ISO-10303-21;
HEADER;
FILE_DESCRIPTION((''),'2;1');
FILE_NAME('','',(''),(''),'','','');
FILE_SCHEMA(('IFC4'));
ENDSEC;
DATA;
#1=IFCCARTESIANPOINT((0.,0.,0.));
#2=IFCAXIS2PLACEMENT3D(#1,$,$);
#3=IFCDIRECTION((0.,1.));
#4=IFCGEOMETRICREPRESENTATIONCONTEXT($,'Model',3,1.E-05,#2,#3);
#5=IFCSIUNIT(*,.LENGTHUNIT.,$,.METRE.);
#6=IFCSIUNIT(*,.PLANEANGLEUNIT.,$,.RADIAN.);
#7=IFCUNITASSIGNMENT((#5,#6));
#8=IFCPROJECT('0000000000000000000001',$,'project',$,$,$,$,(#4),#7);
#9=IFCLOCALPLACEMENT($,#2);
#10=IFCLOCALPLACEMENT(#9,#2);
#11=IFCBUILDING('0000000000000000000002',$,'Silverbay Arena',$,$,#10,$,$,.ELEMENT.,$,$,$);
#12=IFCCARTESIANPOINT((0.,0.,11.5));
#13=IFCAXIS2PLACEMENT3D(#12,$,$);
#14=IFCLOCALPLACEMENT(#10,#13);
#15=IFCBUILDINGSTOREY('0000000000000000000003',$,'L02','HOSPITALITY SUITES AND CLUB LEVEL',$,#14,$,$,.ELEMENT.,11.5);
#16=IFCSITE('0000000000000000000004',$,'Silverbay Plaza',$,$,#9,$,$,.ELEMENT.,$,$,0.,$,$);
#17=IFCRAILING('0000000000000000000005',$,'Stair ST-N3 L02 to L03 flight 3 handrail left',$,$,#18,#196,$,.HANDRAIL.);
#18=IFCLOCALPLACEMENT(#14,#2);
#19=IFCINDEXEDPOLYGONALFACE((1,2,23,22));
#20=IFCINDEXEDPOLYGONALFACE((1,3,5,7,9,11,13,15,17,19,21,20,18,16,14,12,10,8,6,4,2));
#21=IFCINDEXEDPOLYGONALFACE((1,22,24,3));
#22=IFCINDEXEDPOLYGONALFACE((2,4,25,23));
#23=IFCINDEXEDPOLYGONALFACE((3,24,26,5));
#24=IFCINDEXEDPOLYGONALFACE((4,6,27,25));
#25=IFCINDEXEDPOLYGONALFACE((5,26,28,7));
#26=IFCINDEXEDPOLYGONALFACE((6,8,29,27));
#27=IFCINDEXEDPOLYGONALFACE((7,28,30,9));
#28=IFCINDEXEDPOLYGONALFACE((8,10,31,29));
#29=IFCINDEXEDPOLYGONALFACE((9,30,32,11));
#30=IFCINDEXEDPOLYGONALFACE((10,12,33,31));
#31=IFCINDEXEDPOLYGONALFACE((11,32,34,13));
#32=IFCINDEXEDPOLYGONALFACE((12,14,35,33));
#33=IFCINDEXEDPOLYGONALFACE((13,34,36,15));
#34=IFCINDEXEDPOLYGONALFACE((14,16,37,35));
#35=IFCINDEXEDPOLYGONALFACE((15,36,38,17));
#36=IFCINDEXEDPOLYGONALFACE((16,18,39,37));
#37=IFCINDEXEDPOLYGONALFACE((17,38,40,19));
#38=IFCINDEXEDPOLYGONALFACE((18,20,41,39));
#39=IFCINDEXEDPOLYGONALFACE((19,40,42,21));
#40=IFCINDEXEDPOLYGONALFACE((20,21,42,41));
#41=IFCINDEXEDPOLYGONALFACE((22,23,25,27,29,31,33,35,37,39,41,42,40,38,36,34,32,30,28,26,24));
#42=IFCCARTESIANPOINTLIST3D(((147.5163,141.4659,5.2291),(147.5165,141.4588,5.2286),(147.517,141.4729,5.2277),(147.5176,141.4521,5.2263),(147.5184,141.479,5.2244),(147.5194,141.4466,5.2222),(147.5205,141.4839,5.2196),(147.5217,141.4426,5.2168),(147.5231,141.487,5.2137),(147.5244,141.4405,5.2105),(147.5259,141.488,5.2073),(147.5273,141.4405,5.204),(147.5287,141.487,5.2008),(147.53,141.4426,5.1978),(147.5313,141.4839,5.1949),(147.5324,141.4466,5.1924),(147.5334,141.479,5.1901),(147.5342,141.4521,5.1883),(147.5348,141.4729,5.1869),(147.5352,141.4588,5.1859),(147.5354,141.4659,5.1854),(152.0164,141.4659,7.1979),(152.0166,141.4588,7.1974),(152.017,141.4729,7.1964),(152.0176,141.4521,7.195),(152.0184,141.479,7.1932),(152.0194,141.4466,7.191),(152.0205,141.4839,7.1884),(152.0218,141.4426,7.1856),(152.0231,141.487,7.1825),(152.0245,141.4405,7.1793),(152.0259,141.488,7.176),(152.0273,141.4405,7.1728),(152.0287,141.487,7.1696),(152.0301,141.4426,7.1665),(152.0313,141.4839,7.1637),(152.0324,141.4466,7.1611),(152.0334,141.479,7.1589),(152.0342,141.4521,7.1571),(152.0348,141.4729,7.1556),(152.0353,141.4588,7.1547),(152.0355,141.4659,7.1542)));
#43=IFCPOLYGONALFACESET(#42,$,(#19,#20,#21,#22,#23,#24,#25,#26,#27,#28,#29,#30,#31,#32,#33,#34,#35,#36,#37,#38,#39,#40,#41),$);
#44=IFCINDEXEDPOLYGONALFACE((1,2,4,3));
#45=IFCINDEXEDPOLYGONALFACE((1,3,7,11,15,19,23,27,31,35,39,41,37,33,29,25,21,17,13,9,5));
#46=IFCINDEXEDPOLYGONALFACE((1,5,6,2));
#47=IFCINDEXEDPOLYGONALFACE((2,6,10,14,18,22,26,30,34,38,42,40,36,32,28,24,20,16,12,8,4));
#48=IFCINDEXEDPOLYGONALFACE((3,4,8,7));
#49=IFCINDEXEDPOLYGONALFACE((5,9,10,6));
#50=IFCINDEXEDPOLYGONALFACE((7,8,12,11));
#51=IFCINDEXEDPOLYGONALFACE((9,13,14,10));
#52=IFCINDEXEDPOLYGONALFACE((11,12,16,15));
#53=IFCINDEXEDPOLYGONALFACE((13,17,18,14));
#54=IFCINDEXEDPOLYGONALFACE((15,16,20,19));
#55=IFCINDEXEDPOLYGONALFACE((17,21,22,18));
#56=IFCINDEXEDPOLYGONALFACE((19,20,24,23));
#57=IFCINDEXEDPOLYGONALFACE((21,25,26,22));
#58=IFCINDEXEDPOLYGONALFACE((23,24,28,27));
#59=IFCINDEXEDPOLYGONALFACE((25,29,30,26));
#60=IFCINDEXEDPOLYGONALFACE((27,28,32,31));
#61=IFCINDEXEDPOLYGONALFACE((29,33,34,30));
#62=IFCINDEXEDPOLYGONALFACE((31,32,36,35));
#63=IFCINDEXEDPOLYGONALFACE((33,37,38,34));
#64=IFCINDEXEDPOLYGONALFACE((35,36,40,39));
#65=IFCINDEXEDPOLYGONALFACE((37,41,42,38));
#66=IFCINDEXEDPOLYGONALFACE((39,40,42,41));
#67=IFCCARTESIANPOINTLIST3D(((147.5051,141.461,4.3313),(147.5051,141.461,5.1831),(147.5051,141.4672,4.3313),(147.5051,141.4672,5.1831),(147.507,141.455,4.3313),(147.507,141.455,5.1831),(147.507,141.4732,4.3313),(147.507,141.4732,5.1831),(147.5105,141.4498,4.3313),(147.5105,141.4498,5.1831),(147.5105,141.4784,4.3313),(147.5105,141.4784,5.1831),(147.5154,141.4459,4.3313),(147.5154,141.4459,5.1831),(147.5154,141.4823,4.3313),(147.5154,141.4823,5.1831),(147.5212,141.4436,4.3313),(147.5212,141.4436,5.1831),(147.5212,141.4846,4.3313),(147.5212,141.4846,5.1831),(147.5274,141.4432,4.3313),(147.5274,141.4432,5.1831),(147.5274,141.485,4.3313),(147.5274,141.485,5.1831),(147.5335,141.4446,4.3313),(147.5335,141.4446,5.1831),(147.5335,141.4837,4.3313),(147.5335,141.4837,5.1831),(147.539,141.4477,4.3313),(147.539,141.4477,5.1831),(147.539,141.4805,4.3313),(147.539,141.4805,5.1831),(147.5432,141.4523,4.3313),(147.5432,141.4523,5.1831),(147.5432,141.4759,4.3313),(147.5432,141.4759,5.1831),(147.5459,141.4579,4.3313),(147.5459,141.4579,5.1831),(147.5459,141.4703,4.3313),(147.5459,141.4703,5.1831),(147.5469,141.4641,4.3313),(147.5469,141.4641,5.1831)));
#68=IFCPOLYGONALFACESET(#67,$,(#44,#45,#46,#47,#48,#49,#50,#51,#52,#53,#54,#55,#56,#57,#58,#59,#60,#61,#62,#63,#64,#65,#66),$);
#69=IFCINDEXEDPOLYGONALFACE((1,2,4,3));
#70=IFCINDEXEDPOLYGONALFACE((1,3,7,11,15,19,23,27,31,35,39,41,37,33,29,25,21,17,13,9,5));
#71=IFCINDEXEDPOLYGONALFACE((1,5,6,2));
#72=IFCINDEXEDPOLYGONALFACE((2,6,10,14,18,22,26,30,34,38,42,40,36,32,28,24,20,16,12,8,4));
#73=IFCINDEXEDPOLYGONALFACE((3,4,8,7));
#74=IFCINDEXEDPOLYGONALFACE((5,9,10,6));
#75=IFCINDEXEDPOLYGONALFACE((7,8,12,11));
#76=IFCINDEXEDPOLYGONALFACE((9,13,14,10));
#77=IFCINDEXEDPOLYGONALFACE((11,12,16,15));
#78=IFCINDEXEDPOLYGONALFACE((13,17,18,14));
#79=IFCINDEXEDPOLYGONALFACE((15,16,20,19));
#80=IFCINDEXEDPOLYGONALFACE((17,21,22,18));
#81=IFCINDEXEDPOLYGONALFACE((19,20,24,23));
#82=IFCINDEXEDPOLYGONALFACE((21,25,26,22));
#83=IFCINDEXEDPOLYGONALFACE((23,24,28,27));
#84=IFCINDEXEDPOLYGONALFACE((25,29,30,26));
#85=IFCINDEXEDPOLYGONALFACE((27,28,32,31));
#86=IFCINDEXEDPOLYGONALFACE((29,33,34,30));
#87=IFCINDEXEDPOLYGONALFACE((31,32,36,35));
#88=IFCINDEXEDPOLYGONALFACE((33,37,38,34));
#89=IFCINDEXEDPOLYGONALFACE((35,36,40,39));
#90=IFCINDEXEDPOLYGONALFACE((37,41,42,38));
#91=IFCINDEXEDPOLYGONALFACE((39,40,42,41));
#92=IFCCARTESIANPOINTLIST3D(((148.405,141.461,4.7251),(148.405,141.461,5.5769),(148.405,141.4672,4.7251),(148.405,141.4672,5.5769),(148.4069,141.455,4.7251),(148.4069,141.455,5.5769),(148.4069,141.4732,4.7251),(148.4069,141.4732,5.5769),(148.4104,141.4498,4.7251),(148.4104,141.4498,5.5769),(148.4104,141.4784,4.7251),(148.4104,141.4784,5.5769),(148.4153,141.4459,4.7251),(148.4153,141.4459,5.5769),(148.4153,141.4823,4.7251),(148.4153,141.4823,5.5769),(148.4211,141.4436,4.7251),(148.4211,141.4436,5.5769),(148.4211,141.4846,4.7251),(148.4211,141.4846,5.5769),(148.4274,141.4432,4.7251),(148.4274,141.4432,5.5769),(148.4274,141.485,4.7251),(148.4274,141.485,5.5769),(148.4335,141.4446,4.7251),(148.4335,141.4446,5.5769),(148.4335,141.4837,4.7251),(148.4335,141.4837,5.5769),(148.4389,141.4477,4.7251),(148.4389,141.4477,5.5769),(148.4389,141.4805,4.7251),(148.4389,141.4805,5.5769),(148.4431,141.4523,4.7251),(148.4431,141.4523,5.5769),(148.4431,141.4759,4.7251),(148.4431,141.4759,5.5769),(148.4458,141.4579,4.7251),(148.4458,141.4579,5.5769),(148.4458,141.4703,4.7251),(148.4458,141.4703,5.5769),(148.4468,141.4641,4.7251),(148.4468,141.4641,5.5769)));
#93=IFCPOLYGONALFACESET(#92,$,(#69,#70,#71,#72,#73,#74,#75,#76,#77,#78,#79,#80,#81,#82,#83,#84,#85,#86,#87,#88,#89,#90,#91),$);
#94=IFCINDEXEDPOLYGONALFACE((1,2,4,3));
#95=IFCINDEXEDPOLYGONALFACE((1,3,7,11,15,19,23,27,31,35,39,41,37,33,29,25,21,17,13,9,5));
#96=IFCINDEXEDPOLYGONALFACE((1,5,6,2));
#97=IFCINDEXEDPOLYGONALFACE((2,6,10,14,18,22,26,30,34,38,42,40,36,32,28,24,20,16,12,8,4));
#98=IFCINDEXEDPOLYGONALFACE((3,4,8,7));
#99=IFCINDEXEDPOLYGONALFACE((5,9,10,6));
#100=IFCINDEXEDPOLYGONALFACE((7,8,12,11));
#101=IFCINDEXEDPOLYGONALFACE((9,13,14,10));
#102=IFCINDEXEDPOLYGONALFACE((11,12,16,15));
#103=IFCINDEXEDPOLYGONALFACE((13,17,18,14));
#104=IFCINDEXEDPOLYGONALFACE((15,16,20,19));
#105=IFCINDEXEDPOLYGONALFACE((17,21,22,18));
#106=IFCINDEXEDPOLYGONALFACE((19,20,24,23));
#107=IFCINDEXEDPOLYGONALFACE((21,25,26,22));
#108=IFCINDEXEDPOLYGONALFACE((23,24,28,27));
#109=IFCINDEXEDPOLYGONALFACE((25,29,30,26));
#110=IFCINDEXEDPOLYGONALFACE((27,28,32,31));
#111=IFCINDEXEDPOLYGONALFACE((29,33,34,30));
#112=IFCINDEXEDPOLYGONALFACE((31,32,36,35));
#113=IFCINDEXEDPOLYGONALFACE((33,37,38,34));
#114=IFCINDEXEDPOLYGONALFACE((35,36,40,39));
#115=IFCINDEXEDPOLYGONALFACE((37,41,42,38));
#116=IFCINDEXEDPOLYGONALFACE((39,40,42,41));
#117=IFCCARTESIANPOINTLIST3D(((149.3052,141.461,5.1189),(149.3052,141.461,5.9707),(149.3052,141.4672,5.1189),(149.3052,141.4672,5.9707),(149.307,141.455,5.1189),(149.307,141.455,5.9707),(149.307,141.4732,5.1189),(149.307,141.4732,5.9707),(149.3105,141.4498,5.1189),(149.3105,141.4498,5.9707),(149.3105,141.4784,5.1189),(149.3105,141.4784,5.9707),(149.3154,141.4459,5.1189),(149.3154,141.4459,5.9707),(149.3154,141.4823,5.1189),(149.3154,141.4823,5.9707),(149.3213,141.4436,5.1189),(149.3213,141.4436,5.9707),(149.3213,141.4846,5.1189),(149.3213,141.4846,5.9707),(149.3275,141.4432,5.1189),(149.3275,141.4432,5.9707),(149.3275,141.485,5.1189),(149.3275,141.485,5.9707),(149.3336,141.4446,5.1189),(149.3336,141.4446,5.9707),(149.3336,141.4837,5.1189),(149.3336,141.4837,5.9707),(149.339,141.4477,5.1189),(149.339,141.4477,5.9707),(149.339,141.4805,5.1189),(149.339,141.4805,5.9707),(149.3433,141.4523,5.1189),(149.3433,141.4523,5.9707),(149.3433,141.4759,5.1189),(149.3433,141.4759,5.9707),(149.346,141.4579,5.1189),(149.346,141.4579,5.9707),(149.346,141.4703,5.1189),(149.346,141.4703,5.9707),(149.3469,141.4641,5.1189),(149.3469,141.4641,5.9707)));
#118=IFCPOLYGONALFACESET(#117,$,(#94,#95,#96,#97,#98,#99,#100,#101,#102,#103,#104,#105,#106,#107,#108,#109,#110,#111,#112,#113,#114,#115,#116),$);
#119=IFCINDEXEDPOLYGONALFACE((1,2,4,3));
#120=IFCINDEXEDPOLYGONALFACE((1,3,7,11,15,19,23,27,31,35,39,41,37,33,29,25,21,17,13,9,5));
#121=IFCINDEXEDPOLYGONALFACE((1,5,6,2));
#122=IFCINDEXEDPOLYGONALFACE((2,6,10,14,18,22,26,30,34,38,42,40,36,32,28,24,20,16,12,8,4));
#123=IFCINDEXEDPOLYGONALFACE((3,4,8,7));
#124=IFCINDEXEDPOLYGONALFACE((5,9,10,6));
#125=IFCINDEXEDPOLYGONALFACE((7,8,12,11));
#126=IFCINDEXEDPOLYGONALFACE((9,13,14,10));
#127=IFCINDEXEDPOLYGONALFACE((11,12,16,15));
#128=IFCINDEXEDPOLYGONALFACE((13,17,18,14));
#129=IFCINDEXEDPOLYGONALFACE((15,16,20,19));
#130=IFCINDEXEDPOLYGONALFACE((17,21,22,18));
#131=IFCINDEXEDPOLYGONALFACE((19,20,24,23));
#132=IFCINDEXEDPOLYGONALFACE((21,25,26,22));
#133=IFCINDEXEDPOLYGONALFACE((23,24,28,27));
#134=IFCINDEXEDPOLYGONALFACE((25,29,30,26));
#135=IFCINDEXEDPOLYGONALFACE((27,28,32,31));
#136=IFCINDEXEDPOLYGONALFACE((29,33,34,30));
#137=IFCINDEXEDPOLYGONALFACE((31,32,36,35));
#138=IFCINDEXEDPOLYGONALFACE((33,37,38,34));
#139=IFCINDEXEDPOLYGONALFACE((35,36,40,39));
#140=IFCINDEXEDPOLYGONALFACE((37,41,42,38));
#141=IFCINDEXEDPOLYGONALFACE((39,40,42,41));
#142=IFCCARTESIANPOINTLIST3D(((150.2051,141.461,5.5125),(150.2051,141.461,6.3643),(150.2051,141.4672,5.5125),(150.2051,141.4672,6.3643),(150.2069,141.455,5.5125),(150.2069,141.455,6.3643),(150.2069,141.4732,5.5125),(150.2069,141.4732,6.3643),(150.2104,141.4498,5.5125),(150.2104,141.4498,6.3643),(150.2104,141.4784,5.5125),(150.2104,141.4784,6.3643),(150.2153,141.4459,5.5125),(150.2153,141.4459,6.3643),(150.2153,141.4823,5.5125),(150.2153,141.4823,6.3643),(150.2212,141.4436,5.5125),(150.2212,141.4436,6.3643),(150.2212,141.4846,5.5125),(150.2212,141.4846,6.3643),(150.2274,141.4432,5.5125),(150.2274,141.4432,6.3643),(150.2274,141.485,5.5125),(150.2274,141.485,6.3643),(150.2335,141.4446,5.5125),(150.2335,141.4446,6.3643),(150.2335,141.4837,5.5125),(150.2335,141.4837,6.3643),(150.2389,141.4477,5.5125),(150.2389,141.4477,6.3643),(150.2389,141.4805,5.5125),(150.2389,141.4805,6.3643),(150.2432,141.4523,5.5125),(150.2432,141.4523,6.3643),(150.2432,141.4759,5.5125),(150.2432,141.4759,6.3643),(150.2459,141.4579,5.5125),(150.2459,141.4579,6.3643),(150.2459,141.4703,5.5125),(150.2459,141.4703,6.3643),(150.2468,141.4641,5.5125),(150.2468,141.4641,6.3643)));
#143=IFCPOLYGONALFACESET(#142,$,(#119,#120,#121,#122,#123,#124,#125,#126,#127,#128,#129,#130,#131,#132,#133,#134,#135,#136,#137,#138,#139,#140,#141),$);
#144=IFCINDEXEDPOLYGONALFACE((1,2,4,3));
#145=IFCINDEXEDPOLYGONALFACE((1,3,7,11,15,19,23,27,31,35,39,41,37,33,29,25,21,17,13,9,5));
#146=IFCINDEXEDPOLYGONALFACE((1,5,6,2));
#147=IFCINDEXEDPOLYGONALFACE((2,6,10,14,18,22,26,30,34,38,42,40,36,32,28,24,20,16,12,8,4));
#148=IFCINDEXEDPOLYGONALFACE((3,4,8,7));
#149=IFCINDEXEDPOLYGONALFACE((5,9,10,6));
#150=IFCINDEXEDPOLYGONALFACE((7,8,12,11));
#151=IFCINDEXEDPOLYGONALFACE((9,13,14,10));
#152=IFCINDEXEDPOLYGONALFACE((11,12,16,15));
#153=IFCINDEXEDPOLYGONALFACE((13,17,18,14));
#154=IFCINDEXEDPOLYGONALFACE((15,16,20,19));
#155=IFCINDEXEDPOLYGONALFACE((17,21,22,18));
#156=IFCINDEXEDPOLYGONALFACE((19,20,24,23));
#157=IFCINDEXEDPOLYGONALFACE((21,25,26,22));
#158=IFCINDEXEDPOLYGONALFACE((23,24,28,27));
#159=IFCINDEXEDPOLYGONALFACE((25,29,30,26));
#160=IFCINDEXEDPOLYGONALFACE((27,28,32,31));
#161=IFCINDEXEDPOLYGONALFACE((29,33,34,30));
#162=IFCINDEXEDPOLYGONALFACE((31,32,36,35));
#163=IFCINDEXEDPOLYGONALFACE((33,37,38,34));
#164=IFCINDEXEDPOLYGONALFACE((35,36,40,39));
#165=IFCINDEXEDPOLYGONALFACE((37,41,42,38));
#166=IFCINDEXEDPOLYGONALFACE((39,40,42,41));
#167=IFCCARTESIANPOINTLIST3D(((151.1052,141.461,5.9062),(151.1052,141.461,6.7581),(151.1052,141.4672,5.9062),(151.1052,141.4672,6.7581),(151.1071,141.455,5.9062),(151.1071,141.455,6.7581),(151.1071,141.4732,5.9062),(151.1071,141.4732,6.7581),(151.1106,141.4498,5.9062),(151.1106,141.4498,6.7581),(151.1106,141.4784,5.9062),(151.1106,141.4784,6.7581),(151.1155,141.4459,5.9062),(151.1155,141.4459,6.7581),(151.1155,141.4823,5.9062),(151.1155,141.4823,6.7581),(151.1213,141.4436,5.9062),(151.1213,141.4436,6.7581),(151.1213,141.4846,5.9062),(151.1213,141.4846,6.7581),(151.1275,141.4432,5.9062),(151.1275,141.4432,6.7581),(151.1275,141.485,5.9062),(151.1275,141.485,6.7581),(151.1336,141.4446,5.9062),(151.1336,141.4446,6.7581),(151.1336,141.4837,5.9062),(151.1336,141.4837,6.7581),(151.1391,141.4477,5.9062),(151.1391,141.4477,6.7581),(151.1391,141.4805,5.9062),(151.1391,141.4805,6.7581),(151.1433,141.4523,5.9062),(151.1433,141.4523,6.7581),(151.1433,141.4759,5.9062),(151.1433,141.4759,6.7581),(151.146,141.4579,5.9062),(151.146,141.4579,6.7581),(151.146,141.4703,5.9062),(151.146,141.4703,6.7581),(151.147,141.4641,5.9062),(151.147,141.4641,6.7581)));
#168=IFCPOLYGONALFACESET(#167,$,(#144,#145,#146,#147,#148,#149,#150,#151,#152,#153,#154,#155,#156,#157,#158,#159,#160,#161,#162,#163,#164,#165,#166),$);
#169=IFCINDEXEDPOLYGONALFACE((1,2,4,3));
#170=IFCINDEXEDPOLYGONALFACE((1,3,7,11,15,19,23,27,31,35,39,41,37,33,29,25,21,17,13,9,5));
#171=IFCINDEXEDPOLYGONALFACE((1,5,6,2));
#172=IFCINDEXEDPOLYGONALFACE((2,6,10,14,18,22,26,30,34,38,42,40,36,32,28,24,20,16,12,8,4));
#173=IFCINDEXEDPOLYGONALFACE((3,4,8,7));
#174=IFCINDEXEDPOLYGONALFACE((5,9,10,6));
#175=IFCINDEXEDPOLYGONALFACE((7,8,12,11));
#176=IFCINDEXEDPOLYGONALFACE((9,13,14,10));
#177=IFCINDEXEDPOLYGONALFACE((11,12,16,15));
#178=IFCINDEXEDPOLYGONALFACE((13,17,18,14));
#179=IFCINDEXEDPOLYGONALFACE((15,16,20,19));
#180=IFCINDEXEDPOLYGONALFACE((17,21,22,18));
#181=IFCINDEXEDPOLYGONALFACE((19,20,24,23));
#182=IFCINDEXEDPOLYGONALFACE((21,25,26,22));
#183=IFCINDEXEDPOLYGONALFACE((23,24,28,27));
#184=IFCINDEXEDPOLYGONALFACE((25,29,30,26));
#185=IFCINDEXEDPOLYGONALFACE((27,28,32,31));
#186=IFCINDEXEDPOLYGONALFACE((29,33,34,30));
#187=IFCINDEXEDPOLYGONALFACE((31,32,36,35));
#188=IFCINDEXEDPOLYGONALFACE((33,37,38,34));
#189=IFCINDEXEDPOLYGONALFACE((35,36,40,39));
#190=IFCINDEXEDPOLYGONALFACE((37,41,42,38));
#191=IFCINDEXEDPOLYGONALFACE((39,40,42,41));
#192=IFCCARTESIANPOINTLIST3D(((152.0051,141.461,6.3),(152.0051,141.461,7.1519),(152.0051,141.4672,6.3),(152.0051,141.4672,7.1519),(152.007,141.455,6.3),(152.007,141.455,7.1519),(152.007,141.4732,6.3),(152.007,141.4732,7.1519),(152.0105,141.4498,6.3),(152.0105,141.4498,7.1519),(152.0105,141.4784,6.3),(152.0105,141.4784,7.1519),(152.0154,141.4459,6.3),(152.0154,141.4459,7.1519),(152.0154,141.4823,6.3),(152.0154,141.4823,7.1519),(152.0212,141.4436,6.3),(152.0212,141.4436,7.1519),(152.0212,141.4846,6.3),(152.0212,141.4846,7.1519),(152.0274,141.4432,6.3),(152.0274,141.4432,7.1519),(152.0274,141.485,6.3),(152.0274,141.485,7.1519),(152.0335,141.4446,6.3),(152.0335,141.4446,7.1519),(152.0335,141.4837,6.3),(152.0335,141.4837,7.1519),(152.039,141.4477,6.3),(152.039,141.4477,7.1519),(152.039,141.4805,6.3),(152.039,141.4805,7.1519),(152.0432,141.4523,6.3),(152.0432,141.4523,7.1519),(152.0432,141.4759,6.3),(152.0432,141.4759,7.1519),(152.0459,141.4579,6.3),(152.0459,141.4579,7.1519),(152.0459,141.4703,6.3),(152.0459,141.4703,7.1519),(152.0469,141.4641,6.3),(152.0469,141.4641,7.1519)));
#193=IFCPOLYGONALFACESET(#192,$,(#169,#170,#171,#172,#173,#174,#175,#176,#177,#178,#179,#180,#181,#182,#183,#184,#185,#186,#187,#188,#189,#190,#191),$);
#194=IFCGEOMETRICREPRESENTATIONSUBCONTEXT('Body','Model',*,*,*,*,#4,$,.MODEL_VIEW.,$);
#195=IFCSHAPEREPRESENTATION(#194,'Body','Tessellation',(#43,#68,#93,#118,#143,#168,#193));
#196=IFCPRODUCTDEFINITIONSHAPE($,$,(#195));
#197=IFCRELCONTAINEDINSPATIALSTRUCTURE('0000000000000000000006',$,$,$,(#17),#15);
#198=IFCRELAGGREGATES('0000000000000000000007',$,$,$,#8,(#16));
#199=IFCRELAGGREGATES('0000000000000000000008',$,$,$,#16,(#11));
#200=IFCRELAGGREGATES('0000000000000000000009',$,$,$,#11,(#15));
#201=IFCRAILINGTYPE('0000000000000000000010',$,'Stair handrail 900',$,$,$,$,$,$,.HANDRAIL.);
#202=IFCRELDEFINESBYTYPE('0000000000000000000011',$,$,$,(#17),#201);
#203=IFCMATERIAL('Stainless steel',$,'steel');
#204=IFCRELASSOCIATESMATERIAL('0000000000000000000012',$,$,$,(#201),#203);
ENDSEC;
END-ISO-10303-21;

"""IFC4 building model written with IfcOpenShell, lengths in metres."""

from ifc_helpers import new_model, si_unit, direction, frame, origin, origin_2d, place, context, subcontext, project, spatial, circle, extrude, material, type_object, element, save


model = new_model("IFC4")

# Units and contexts
model_context = context("Model", 3, precision=1e-05, world=origin(), true_north=direction((0.0, 1.0)))
body_context = subcontext(model_context, "Body", "Model", "MODEL_VIEW")
ifc_project = project(units=[si_unit("LENGTHUNIT", "METRE"), si_unit("PLANEANGLEUNIT", "RADIAN")], contexts=[model_context])

# Site, building, storey
site_placement = place(None, origin())
site = spatial("IfcSite", under=ifc_project, at=site_placement, Name="Silverbay Plaza", CompositionType="ELEMENT", RefElevation=0.0)
building_placement = place(site_placement, origin())
building = spatial("IfcBuilding", under=site, at=building_placement, Name="Silverbay Arena", CompositionType="ELEMENT")
storey_placement = place(building_placement, frame((0.0, 0.0, 11.5)))
storey = spatial("IfcBuildingStorey", under=building, at=storey_placement, Name="L02", Description="HOSPITALITY SUITES AND CLUB LEVEL", CompositionType="ELEMENT", Elevation=11.5)

# Railing
ifc_material_1 = material(Name="Stainless steel", Category="steel")
railing_type_1 = type_object("IfcRailingType", Name="Stair handrail 900", PredefinedType="HANDRAIL", material=ifc_material_1)
for number, where, name in (
    (1, (147.5259, 141.4641, 4.3313), "Stair ST-N3 L02 to L03 flight 3 handrail left"),
):
    element("IfcRailing", number, at=place(storey_placement, frame(where)), inside=storey, type_object=railing_type_1, Name=name, PredefinedType="HANDRAIL", context=body_context, shape_type="SweptSolid", body=[
        extrude(circle(Radius=0.0239, at=origin_2d()), frame((0.0, 0.0, 0.876), z_axis=(0.916157, 0.0, 0.400819), x_axis=(0.0, 1.0, 0.0)), (0.0, 0.0, 1.0), 4.9119),
        extrude(circle(Radius=0.021, at=origin_2d()), origin(), (0.0, 0.0, 1.0), 0.8518),
        extrude(circle(Radius=0.021, at=origin_2d()), frame((0.8999, 0.0, 0.3938)), (0.0, 0.0, 1.0), 0.8518),
        extrude(circle(Radius=0.021, at=origin_2d()), frame((1.8, 0.0, 0.7876)), (0.0, 0.0, 1.0), 0.8518),
        extrude(circle(Radius=0.021, at=origin_2d()), frame((2.7, 0.0, 1.1812)), (0.0, 0.0, 1.0), 0.8518),
        extrude(circle(Radius=0.021, at=origin_2d()), frame((3.6001, 0.0, 1.575)), (0.0, 0.0, 1.0), 0.8518),
        extrude(circle(Radius=0.021, at=origin_2d()), frame((4.5, 0.0, 1.9688)), (0.0, 0.0, 1.0), 0.8518),
    ])

save(model, "model.ifc")
